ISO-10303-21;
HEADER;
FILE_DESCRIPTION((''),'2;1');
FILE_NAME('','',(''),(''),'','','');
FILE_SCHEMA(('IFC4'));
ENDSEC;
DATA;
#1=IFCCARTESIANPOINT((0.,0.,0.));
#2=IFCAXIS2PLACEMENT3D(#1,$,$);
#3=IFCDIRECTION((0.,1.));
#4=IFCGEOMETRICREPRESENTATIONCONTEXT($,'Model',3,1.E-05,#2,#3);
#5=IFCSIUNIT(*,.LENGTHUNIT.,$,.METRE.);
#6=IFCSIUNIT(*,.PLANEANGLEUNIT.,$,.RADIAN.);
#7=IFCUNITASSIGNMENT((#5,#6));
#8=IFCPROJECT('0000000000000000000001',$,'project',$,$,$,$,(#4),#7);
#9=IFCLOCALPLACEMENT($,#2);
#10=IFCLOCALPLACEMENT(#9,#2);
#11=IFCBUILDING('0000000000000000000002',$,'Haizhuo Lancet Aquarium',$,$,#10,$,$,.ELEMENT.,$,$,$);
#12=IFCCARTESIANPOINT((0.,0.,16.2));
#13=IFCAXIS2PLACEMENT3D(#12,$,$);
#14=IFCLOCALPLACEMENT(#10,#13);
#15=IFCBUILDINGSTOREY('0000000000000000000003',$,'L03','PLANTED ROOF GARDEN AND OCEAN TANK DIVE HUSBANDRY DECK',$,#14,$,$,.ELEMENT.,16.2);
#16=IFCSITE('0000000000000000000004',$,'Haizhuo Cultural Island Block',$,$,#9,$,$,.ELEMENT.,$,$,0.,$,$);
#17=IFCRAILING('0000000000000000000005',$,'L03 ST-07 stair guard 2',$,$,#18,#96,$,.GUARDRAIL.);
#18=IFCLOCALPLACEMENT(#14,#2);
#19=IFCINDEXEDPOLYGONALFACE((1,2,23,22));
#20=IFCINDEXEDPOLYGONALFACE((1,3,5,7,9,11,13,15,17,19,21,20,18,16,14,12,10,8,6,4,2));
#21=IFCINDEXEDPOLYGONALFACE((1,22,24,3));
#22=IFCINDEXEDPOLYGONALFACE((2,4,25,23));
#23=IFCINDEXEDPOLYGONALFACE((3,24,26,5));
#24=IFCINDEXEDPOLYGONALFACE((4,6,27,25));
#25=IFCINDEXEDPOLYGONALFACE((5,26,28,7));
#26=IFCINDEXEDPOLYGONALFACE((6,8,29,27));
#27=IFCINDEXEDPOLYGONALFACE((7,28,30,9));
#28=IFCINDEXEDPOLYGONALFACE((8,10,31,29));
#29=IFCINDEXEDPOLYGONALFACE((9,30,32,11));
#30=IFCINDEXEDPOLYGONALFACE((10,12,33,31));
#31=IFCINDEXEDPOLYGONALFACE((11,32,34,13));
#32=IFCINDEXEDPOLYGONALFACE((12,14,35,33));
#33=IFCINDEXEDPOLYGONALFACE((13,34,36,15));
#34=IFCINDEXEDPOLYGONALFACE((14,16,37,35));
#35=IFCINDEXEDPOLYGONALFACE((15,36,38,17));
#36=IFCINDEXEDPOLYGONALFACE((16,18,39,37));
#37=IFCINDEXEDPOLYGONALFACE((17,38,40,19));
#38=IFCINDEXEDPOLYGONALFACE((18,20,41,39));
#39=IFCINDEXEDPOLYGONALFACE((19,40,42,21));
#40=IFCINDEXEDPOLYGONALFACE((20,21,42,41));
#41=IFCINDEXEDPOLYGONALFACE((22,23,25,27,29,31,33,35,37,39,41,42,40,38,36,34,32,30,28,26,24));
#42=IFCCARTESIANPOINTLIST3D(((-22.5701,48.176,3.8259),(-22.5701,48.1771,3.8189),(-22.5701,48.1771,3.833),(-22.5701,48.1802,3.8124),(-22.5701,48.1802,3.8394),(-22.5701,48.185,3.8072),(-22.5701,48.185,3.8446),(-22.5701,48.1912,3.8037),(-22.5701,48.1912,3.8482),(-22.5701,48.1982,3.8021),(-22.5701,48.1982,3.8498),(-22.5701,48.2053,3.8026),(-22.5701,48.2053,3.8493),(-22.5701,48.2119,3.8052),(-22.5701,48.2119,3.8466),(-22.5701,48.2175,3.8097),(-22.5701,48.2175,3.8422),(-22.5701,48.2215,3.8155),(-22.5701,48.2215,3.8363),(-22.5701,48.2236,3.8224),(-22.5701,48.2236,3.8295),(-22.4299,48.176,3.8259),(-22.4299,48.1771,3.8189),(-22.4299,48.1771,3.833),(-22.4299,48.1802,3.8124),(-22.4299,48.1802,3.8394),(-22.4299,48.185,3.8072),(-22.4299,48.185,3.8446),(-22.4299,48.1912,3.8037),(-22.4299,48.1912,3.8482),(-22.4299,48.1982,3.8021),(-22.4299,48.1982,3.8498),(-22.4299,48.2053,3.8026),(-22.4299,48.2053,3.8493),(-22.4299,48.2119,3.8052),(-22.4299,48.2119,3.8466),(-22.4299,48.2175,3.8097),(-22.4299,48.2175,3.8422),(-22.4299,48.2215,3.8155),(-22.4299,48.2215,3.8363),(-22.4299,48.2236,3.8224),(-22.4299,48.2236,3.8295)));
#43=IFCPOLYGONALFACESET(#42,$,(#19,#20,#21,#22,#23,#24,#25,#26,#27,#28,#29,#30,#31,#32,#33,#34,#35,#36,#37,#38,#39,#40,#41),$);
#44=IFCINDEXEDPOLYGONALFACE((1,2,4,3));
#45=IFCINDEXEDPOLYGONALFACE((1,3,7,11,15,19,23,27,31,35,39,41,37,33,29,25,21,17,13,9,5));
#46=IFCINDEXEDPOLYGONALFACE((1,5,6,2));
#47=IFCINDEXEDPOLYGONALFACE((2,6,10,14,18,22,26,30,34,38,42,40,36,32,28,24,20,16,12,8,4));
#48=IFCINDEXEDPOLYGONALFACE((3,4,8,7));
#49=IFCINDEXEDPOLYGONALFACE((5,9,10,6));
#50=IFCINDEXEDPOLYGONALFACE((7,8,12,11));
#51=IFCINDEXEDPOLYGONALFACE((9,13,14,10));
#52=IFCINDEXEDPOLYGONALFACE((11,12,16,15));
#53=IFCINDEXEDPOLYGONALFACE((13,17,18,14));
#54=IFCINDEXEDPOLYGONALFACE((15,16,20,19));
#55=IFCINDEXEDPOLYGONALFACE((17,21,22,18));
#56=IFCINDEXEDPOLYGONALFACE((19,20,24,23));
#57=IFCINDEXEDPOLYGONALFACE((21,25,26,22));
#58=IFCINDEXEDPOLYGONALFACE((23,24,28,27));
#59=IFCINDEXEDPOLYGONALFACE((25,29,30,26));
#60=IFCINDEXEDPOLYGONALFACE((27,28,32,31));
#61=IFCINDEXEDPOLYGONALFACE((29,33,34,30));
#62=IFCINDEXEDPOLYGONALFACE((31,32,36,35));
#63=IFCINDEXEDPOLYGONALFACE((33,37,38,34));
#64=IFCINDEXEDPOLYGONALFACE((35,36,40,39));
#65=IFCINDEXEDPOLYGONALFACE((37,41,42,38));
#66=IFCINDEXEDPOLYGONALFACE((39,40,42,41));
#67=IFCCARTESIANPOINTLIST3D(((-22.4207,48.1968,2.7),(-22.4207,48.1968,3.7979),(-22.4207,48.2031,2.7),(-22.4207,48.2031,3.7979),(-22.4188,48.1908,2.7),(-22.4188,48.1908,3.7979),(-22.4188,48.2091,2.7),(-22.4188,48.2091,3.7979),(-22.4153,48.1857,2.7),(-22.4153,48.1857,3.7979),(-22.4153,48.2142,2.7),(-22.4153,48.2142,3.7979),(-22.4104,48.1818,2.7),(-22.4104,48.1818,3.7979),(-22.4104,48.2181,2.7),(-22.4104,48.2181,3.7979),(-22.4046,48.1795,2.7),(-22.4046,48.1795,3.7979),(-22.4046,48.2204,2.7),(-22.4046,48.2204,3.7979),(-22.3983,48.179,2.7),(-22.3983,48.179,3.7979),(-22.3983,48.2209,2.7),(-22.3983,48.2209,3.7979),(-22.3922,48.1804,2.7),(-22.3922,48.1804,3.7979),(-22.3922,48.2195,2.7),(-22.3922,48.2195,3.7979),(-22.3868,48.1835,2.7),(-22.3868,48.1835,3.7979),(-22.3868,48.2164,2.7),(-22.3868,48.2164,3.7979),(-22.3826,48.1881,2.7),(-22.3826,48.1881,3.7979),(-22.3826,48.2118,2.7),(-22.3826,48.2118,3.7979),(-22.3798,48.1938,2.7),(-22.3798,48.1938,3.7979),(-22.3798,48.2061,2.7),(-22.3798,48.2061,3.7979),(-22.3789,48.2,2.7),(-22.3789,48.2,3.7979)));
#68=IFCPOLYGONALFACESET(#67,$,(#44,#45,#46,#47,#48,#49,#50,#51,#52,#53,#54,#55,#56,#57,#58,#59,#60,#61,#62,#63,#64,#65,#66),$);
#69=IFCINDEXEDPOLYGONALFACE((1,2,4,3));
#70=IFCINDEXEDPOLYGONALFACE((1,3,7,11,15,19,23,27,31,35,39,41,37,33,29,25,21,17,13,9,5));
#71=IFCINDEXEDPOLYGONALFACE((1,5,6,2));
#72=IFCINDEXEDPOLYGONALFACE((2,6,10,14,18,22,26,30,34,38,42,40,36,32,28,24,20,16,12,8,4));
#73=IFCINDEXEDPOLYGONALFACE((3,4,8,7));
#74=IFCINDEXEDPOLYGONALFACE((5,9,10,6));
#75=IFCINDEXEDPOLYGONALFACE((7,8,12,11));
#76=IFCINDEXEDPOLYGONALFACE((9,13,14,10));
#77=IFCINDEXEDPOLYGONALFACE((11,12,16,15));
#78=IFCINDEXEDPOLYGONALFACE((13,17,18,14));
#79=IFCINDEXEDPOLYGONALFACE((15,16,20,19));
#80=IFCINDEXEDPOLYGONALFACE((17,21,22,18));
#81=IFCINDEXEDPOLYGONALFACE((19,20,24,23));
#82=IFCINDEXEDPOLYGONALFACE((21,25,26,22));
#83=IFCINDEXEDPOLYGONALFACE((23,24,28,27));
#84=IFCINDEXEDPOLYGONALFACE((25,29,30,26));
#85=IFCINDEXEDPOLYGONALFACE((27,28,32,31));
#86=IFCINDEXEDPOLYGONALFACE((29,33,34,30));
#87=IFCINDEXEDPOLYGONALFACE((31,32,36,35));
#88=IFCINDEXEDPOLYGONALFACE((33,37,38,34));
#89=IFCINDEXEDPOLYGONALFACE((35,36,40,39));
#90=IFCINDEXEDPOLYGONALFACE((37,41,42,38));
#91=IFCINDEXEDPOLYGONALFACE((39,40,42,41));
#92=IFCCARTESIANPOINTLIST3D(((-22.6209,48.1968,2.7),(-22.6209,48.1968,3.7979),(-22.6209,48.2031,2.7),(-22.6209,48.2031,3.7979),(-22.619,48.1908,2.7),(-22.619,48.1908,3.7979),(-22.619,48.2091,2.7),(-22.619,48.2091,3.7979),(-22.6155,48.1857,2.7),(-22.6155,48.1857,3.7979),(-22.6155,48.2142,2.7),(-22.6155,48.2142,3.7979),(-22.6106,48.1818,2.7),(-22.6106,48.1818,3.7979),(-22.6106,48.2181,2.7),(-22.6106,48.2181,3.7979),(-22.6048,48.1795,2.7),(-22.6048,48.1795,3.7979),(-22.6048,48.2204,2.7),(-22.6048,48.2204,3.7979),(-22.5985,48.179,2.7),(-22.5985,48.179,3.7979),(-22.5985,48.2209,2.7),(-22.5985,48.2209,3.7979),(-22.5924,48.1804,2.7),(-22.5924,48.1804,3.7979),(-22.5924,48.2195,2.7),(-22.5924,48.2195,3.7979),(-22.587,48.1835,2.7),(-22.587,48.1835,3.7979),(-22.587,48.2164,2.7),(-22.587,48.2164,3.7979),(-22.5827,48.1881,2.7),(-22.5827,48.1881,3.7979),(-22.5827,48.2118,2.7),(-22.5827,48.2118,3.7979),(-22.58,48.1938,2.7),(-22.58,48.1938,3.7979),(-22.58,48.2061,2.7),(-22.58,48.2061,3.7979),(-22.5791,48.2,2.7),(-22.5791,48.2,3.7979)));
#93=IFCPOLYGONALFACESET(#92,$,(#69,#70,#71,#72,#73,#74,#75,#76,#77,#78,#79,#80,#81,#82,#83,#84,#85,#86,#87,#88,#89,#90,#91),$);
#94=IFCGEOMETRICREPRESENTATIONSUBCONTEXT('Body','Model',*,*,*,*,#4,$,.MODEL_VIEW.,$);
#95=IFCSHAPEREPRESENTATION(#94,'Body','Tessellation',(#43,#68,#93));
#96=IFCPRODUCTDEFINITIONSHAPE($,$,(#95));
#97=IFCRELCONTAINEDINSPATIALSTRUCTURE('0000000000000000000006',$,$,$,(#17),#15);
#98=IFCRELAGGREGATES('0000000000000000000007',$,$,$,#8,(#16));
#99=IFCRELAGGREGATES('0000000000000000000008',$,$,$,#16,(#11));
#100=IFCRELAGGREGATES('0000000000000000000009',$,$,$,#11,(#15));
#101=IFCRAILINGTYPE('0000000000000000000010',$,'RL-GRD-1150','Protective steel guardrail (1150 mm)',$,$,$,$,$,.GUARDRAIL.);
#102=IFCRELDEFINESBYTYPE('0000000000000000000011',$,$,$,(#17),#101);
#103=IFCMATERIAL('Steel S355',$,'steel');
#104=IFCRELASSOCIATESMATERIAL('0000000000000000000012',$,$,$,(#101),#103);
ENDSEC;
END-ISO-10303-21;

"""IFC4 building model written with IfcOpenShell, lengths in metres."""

from ifc_helpers import new_model, si_unit, direction, frame, origin, origin_2d, place, context, subcontext, project, spatial, circle, extrude, material, type_object, element, save


model = new_model("IFC4")

# Units and contexts
model_context = context("Model", 3, precision=1e-05, world=origin(), true_north=direction((0.0, 1.0)))
body_context = subcontext(model_context, "Body", "Model", "MODEL_VIEW")
ifc_project = project(units=[si_unit("LENGTHUNIT", "METRE"), si_unit("PLANEANGLEUNIT", "RADIAN")], contexts=[model_context])

# Site, building, storey
site_placement = place(None, origin())
site = spatial("IfcSite", under=ifc_project, at=site_placement, Name="Haizhuo Cultural Island Block", CompositionType="ELEMENT", RefElevation=0.0)
building_placement = place(site_placement, origin())
building = spatial("IfcBuilding", under=site, at=building_placement, Name="Haizhuo Lancet Aquarium", CompositionType="ELEMENT")
storey_placement = place(building_placement, frame((0.0, 0.0, 16.2)))
storey = spatial("IfcBuildingStorey", under=building, at=storey_placement, Name="L03", Description="PLANTED ROOF GARDEN AND OCEAN TANK DIVE HUSBANDRY DECK", CompositionType="ELEMENT", Elevation=16.2)

# Shared definitions
ifc_material_1 = material(Name="Steel S355", Category="steel")

# Railing
railing_type_1 = type_object("IfcRailingType", Name="RL-GRD-1150", Description="Protective steel guardrail (1150 mm)", PredefinedType="GUARDRAIL", material=ifc_material_1)
railing_1_placement = place(storey_placement, frame((-22.3999, 48.2, 2.7)))
element("IfcRailing", 1, at=railing_1_placement, inside=storey, type_object=railing_type_1, Name="L03 ST-07 stair guard 2", PredefinedType="GUARDRAIL", context=body_context, shape_type="SweptSolid", body=[
    extrude(circle(Radius=0.0239, at=origin_2d()), frame((-0.03, 0.0, 1.126), z_axis=(-1.0, 0.0, 0.0), x_axis=(0.0, -1.0, 0.0)), (0.0, 0.0, 1.0), 0.1401),
    extrude(circle(Radius=0.021, at=origin_2d()), origin(), (0.0, 0.0, 1.0), 1.0979),
    extrude(circle(Radius=0.021, at=origin_2d()), frame((-0.2002, 0.0, 0.0)), (0.0, 0.0, 1.0), 1.0979),
])

save(model, "model.ifc")
